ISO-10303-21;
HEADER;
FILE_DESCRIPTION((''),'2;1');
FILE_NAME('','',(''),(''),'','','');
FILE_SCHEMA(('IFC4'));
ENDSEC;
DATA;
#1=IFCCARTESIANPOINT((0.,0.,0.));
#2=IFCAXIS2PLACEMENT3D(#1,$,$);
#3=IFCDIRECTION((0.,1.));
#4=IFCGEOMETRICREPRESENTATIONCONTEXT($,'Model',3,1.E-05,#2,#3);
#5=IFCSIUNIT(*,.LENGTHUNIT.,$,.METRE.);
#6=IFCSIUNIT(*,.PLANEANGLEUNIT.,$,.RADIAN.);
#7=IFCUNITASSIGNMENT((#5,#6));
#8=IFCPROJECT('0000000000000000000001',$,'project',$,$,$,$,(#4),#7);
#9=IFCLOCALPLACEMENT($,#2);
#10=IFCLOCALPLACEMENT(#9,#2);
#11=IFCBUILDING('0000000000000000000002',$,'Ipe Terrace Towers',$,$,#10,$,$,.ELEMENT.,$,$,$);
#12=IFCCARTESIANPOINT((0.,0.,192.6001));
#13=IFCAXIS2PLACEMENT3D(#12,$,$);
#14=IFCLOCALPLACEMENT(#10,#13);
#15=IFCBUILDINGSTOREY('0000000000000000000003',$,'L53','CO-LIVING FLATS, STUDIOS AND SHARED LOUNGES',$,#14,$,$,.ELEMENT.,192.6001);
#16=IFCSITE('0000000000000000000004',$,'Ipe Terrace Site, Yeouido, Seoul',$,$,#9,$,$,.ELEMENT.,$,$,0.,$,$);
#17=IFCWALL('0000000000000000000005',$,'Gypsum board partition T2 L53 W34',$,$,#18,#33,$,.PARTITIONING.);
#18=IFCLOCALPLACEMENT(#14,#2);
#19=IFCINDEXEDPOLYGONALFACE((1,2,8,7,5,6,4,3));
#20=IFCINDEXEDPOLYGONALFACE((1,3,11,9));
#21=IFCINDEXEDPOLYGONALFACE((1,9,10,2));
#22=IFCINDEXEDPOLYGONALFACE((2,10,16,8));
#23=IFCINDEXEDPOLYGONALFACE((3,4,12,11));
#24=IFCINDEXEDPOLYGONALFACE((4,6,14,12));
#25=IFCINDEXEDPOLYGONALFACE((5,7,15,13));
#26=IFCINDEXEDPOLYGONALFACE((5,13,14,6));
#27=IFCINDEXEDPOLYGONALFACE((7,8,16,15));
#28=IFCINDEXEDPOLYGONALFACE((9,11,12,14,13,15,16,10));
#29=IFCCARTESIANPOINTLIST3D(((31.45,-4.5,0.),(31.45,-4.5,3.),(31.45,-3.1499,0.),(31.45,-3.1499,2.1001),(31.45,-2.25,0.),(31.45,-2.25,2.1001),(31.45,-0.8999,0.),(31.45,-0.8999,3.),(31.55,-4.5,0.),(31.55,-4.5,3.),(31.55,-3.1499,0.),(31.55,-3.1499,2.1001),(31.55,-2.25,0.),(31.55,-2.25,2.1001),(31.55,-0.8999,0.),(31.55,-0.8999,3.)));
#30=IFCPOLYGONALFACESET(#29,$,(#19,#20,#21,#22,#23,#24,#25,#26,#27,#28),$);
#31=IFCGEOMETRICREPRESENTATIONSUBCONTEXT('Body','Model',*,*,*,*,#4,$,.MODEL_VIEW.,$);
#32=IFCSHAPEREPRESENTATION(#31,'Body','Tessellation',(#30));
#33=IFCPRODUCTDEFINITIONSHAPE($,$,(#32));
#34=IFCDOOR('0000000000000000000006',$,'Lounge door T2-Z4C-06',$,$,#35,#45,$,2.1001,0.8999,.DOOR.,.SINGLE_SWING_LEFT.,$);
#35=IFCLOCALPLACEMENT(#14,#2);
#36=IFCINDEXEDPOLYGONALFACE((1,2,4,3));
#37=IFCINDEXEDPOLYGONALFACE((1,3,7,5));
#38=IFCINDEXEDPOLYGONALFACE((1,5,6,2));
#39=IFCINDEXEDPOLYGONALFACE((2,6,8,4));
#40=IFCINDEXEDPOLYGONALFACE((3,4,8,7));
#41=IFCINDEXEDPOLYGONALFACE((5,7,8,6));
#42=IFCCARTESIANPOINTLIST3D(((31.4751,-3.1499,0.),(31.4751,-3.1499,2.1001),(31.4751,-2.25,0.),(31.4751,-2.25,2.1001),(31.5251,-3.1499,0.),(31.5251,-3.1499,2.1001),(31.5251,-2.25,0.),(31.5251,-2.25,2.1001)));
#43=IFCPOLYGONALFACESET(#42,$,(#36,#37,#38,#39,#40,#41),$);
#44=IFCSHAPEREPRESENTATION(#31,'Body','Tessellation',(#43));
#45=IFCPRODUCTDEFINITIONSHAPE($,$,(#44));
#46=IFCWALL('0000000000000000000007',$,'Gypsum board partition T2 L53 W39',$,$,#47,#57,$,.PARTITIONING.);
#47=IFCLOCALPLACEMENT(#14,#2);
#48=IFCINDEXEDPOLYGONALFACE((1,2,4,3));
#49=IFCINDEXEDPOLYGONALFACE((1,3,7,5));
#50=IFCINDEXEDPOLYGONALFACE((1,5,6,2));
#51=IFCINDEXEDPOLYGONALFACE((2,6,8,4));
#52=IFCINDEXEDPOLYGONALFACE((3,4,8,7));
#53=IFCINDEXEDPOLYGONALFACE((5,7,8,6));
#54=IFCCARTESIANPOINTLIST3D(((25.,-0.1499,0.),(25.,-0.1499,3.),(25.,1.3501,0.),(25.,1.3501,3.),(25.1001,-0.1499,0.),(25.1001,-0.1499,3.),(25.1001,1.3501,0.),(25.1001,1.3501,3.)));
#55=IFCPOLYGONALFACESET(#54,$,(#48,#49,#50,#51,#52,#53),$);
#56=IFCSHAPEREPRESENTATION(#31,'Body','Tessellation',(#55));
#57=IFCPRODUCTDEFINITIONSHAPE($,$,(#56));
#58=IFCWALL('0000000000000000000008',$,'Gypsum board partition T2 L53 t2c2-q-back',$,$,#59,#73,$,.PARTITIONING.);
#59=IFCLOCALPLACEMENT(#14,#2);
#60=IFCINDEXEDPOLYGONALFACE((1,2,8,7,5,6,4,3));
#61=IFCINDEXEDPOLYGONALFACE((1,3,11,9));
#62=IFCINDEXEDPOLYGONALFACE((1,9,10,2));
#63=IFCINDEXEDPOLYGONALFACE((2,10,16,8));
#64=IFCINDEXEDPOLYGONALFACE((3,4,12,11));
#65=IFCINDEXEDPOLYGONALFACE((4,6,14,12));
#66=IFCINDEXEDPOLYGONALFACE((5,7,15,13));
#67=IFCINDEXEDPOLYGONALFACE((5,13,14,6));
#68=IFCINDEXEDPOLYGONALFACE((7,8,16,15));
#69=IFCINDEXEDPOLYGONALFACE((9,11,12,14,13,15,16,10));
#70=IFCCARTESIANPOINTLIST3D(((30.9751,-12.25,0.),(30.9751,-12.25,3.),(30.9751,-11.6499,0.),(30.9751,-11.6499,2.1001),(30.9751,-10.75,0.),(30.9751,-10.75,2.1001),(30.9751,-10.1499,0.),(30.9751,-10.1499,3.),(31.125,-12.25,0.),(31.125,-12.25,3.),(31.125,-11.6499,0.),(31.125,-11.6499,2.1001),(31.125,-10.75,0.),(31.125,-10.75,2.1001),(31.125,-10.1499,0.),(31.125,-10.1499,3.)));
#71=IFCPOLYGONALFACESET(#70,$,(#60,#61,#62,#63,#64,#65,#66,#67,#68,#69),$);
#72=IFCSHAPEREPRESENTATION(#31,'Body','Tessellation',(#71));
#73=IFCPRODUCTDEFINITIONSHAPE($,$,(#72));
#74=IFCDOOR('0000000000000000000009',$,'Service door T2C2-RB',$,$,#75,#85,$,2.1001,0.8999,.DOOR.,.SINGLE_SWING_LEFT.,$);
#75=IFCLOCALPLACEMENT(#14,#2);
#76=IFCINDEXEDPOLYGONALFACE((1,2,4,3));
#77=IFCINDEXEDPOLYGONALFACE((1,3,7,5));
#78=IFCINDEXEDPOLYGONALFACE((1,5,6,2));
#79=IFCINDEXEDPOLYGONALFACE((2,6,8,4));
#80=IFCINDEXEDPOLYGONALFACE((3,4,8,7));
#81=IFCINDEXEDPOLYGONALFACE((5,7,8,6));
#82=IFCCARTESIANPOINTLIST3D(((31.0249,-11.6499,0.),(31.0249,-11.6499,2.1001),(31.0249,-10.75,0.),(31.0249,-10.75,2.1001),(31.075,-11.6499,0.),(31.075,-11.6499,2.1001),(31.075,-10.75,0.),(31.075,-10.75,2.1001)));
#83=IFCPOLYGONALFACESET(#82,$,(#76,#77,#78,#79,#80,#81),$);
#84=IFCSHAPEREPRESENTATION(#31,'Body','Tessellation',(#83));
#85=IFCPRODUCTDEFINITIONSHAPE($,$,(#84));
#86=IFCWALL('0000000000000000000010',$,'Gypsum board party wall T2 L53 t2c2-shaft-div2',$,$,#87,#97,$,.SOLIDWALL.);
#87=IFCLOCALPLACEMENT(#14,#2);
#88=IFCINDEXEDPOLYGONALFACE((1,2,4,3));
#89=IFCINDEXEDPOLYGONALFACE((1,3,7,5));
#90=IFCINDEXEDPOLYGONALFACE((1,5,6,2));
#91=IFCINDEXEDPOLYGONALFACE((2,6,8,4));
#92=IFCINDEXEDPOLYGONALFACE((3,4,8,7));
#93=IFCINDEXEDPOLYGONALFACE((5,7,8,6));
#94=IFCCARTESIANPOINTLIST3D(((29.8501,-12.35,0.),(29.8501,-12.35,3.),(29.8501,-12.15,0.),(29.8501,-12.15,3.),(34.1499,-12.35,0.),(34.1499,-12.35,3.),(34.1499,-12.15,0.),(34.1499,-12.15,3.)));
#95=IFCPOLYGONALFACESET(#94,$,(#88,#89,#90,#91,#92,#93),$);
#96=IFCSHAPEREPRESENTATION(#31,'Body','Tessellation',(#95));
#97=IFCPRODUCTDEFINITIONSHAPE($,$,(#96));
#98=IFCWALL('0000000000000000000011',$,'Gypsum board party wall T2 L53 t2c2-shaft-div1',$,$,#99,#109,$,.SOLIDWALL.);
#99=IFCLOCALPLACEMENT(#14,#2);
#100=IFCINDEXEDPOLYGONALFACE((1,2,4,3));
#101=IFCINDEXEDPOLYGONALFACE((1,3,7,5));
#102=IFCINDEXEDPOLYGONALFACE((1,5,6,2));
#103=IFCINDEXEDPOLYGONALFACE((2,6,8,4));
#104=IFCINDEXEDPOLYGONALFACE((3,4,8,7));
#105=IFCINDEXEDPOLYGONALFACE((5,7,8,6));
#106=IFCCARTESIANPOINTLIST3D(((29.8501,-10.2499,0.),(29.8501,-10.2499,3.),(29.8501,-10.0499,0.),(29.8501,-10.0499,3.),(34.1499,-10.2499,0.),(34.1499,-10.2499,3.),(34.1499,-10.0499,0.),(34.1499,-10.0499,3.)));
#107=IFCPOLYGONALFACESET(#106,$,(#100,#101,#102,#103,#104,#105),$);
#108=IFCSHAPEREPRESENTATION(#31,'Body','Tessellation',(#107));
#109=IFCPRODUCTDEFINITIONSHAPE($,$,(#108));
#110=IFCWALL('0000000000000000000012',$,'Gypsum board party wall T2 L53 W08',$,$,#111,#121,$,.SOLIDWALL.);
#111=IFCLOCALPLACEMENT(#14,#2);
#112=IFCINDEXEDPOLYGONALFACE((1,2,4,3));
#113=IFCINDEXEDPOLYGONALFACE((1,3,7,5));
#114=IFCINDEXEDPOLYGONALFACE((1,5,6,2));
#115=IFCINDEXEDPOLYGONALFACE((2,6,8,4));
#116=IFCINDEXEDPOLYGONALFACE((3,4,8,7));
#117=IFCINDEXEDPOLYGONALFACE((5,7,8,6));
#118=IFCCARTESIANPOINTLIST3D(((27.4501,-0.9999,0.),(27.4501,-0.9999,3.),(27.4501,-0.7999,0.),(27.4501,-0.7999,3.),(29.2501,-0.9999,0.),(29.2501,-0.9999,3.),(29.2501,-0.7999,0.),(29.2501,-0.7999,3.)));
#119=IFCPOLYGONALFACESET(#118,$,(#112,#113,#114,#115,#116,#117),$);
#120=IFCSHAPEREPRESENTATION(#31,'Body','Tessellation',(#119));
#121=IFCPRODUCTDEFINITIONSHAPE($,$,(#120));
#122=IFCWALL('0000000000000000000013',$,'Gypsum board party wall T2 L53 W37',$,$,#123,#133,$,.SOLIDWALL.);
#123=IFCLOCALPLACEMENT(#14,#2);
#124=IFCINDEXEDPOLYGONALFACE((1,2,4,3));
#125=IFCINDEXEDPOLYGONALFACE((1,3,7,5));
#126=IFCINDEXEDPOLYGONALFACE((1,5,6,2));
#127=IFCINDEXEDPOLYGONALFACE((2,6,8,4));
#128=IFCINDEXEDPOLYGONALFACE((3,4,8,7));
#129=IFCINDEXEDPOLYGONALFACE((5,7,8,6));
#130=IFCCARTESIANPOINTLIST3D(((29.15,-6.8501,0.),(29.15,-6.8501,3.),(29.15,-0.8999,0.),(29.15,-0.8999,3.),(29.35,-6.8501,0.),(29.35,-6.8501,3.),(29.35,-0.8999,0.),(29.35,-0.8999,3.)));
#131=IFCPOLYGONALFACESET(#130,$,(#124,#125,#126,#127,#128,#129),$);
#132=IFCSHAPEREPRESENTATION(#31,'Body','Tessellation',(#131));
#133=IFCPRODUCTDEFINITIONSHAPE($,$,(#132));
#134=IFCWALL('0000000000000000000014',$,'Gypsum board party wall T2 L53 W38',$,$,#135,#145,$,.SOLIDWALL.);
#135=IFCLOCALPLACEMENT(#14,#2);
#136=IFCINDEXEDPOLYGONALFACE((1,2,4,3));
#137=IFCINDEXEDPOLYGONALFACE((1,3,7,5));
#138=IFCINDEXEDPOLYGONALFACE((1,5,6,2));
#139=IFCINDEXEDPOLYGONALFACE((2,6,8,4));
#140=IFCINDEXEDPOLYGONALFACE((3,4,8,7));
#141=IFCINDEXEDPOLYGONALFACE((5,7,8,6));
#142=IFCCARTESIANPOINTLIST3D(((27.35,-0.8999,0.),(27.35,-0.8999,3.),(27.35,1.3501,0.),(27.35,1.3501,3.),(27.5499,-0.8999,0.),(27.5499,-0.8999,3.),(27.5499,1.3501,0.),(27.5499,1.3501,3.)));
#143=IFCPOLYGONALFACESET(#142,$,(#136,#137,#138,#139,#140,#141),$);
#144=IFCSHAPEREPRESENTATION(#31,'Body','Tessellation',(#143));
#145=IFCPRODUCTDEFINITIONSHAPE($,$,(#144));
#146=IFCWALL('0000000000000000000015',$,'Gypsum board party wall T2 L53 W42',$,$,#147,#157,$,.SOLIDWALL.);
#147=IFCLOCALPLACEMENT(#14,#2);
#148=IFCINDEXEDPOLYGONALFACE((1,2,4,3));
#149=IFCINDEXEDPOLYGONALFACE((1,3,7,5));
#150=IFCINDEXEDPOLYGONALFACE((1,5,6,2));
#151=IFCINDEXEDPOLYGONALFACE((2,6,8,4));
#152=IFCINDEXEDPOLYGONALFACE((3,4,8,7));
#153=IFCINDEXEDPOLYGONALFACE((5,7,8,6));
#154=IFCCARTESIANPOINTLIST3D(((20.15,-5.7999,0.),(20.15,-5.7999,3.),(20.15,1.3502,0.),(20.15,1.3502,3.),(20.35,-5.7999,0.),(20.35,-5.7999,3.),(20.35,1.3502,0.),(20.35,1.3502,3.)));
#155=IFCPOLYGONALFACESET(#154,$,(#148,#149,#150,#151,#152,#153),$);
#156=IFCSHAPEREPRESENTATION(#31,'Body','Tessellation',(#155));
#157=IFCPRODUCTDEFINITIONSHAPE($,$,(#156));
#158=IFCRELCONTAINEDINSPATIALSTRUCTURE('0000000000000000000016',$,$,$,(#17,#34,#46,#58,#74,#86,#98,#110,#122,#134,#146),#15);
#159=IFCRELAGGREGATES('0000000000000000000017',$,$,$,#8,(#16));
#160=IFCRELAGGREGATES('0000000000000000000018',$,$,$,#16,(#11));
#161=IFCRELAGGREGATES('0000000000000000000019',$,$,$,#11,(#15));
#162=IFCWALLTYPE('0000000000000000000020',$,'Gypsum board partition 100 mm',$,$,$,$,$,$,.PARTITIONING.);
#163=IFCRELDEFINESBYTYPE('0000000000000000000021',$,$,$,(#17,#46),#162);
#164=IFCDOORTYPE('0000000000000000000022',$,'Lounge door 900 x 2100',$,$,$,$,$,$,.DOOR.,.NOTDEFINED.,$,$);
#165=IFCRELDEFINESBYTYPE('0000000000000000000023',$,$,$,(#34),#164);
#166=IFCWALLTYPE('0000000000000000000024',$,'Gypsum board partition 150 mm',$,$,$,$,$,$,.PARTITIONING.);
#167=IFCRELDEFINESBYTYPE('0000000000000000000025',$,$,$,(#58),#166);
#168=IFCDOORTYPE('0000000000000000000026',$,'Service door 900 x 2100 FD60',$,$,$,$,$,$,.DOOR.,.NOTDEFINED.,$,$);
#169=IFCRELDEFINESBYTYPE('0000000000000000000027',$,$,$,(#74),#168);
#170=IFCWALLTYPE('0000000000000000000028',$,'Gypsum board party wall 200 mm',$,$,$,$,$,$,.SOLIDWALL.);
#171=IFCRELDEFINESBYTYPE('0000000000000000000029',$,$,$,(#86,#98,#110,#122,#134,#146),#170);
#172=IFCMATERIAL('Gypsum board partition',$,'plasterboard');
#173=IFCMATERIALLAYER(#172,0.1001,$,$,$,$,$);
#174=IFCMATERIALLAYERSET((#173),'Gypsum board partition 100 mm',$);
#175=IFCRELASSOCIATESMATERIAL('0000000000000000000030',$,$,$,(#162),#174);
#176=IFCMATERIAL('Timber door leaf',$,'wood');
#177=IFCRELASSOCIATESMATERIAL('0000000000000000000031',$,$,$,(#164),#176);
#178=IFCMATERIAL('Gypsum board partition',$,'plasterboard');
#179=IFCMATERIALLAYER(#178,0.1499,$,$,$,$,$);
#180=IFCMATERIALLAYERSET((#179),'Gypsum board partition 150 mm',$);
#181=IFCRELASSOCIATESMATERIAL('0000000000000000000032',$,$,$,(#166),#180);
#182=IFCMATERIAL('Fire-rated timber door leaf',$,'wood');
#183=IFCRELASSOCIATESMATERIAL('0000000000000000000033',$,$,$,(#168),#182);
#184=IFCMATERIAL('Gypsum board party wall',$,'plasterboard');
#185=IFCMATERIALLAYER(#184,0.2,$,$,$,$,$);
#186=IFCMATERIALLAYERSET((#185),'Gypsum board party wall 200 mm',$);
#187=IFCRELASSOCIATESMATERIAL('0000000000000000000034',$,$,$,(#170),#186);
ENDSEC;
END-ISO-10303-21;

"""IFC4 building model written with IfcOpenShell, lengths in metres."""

from ifc_helpers import new_model, si_unit, direction, frame, frame_2d, origin, place, context, subcontext, project, spatial, rectangle, extrude, material, layer, layer_set, type_object, element, fill, save


model = new_model("IFC4")

# Units and contexts
model_context = context("Model", 3, precision=1e-05, world=origin(), true_north=direction((0.0, 1.0)))
body_context = subcontext(model_context, "Body", "Model", "MODEL_VIEW")
ifc_project = project(units=[si_unit("LENGTHUNIT", "METRE"), si_unit("PLANEANGLEUNIT", "RADIAN")], contexts=[model_context])

# Site, building, storey
site_placement = place(None, origin())
site = spatial("IfcSite", under=ifc_project, at=site_placement, Name="Ipe Terrace Site, Yeouido, Seoul", CompositionType="ELEMENT", RefElevation=0.0)
building_placement = place(site_placement, origin())
building = spatial("IfcBuilding", under=site, at=building_placement, Name="Ipe Terrace Towers", CompositionType="ELEMENT")
storey_placement = place(building_placement, frame((0.0, 0.0, 192.6001)))
storey = spatial("IfcBuildingStorey", under=building, at=storey_placement, Name="L53", Description="CO-LIVING FLATS, STUDIOS AND SHARED LOUNGES", CompositionType="ELEMENT", Elevation=192.6001)

# Shared definitions
ifc_material_1 = material(Name="Gypsum board partition", Category="plasterboard")
ifc_layer_1 = layer(ifc_material_1, 0.1001)
ifc_layer_set_1 = layer_set([ifc_layer_1], Name="Gypsum board partition 100 mm")
wall_type_1 = type_object("IfcWallType", Name="Gypsum board partition 100 mm", PredefinedType="PARTITIONING", material=ifc_layer_set_1)

# Wall, opening, door
wall_1_placement = place(storey_placement, frame((31.5, -4.5, 0.0), z_axis=(0.0, 0.0, 1.0), x_axis=(0.0, 1.0, 0.0)))
wall_1 = element("IfcWall", 1, at=wall_1_placement, inside=storey, type_object=wall_type_1, Name="Gypsum board partition T2 L53 W34", PredefinedType="PARTITIONING", context=body_context, shape_type="SweptSolid", body=[
    extrude(rectangle(XDim=3.6001, YDim=0.1001, at=frame_2d((1.8, 0.0))), origin(), (0.0, 0.0, 1.0), 3.0),
])
opening_1_placement = place(wall_1_placement, frame((1.3501, 0.0, 0.0)))
opening_1 = element("IfcOpeningElement", 2, at=opening_1_placement, cuts=wall_1, PredefinedType="OPENING", context=body_context, shape_type="SweptSolid", body=[
    extrude(rectangle(XDim=0.8999, YDim=2.1001, at=frame_2d((0.45, 1.05))), frame((0.0, 0.0601, 0.0), z_axis=(0.0, -1.0, 0.0), x_axis=(1.0, 0.0, 0.0)), (0.0, 0.0, 1.0), 0.1201),
])
ifc_material_2 = material(Name="Timber door leaf", Category="wood")
door_type_1 = type_object("IfcDoorType", Name="Lounge door 900 x 2100", OperationType="NOTDEFINED", PredefinedType="DOOR", material=ifc_material_2)
door_1_placement = place(opening_1_placement, origin())
door_1 = element("IfcDoor", 3, at=door_1_placement, inside=storey, type_object=door_type_1, Name="Lounge door T2-Z4C-06", OperationType="SINGLE_SWING_LEFT", OverallHeight=2.1001, OverallWidth=0.8999, PredefinedType="DOOR", context=body_context, shape_type="SweptSolid", body=[
    extrude(rectangle(XDim=0.8999, YDim=2.1001, at=frame_2d((0.45, 1.05))), frame((0.0, 0.0249, 0.0), z_axis=(0.0, -1.0, 0.0), x_axis=(1.0, 0.0, 0.0)), (0.0, 0.0, 1.0), 0.05),
])
fill(opening_1, door_1)

# Wall
wall_2_placement = place(storey_placement, frame((25.05, -0.1499, 0.0), z_axis=(0.0, 0.0, 1.0), x_axis=(0.0, 1.0, 0.0)))
element("IfcWall", 4, at=wall_2_placement, inside=storey, type_object=wall_type_1, Name="Gypsum board partition T2 L53 W39", PredefinedType="PARTITIONING", context=body_context, shape_type="SweptSolid", body=[
    extrude(rectangle(XDim=1.5, YDim=0.1001, at=frame_2d((0.75, 0.0))), origin(), (0.0, 0.0, 1.0), 3.0),
])

# Wall, opening, door
ifc_material_3 = material(Name="Gypsum board partition", Category="plasterboard")
ifc_layer_2 = layer(ifc_material_3, 0.1499)
ifc_layer_set_2 = layer_set([ifc_layer_2], Name="Gypsum board partition 150 mm")
wall_type_2 = type_object("IfcWallType", Name="Gypsum board partition 150 mm", PredefinedType="PARTITIONING", material=ifc_layer_set_2)
wall_3_placement = place(storey_placement, frame((31.05, -10.1499, 0.0), z_axis=(0.0, 0.0, 1.0), x_axis=(0.0, -1.0, 0.0)))
wall_3 = element("IfcWall", 5, at=wall_3_placement, inside=storey, type_object=wall_type_2, Name="Gypsum board partition T2 L53 t2c2-q-back", PredefinedType="PARTITIONING", context=body_context, shape_type="SweptSolid", body=[
    extrude(rectangle(XDim=2.1001, YDim=0.1499, at=frame_2d((1.05, 0.0))), origin(), (0.0, 0.0, 1.0), 3.0),
])
opening_2_placement = place(wall_3_placement, frame((0.6001, 0.0, 0.0)))
opening_2 = element("IfcOpeningElement", 6, at=opening_2_placement, cuts=wall_3, PredefinedType="OPENING", context=body_context, shape_type="SweptSolid", body=[
    extrude(rectangle(XDim=0.8999, YDim=2.1001, at=frame_2d((0.45, 1.05))), frame((0.0, 0.085, 0.0), z_axis=(0.0, -1.0, 0.0), x_axis=(1.0, 0.0, 0.0)), (0.0, 0.0, 1.0), 0.1699),
])
ifc_material_4 = material(Name="Fire-rated timber door leaf", Category="wood")
door_type_2 = type_object("IfcDoorType", Name="Service door 900 x 2100 FD60", OperationType="NOTDEFINED", PredefinedType="DOOR", material=ifc_material_4)
door_2_placement = place(opening_2_placement, origin())
door_2 = element("IfcDoor", 7, at=door_2_placement, inside=storey, type_object=door_type_2, Name="Service door T2C2-RB", OperationType="SINGLE_SWING_LEFT", OverallHeight=2.1001, OverallWidth=0.8999, PredefinedType="DOOR", context=body_context, shape_type="SweptSolid", body=[
    extrude(rectangle(XDim=0.8999, YDim=2.1001, at=frame_2d((0.45, 1.05))), frame((0.0, 0.0249, 0.0), z_axis=(0.0, -1.0, 0.0), x_axis=(1.0, 0.0, 0.0)), (0.0, 0.0, 1.0), 0.05),
])
fill(opening_2, door_2)

# Walls
ifc_material_5 = material(Name="Gypsum board party wall", Category="plasterboard")
ifc_layer_3 = layer(ifc_material_5, 0.2)
ifc_layer_set_3 = layer_set([ifc_layer_3], Name="Gypsum board party wall 200 mm")
wall_type_3 = type_object("IfcWallType", Name="Gypsum board party wall 200 mm", PredefinedType="SOLIDWALL", material=ifc_layer_set_3)
for number, where, z_axis, x_axis, name in (
    (8, (29.8501, -12.25, 0.0), (0.0, 0.0, 1.0), (1.0, 0.0, 0.0), "Gypsum board party wall T2 L53 t2c2-shaft-div2"),
    (9, (29.8501, -10.1499, 0.0), (0.0, 0.0, 1.0), (1.0, 0.0, 0.0), "Gypsum board party wall T2 L53 t2c2-shaft-div1"),
):
    element("IfcWall", number, at=place(storey_placement, frame(where, z_axis=z_axis, x_axis=x_axis)), inside=storey, type_object=wall_type_3, Name=name, PredefinedType="SOLIDWALL", context=body_context, shape_type="SweptSolid", body=[
        extrude(rectangle(XDim=4.2998, YDim=0.2, at=frame_2d((2.1499, 0.0))), origin(), (0.0, 0.0, 1.0), 3.0),
    ])
wall_4_placement = place(storey_placement, frame((29.25, -0.8999, 0.0), z_axis=(0.0, 0.0, 1.0), x_axis=(-1.0, 0.0, 0.0)))
element("IfcWall", 10, at=wall_4_placement, inside=storey, type_object=wall_type_3, Name="Gypsum board party wall T2 L53 W08", PredefinedType="SOLIDWALL", context=body_context, shape_type="SweptSolid", body=[
    extrude(rectangle(XDim=1.8, YDim=0.2, at=frame_2d((0.8999, 0.0))), origin(), (0.0, 0.0, 1.0), 3.0),
])
wall_5_placement = place(storey_placement, frame((29.25, -6.8501, 0.0), z_axis=(0.0, 0.0, 1.0), x_axis=(0.0, 1.0, 0.0)))
element("IfcWall", 11, at=wall_5_placement, inside=storey, type_object=wall_type_3, Name="Gypsum board party wall T2 L53 W37", PredefinedType="SOLIDWALL", context=body_context, shape_type="SweptSolid", body=[
    extrude(rectangle(XDim=5.9502, YDim=0.2, at=frame_2d((2.9751, 0.0))), origin(), (0.0, 0.0, 1.0), 3.0),
])
wall_6_placement = place(storey_placement, frame((27.45, -0.8999, 0.0), z_axis=(0.0, 0.0, 1.0), x_axis=(0.0, 1.0, 0.0)))
element("IfcWall", 12, at=wall_6_placement, inside=storey, type_object=wall_type_3, Name="Gypsum board party wall T2 L53 W38", PredefinedType="SOLIDWALL", context=body_context, shape_type="SweptSolid", body=[
    extrude(rectangle(XDim=2.25, YDim=0.2, at=frame_2d((1.125, 0.0))), origin(), (0.0, 0.0, 1.0), 3.0),
])
wall_7_placement = place(storey_placement, frame((20.25, -5.8, 0.0), z_axis=(0.0, 0.0, 1.0), x_axis=(0.0, 1.0, 0.0)))
element("IfcWall", 13, at=wall_7_placement, inside=storey, type_object=wall_type_3, Name="Gypsum board party wall T2 L53 W42", PredefinedType="SOLIDWALL", context=body_context, shape_type="SweptSolid", body=[
    extrude(rectangle(XDim=7.1501, YDim=0.2, at=frame_2d((3.5752, 0.0))), origin(), (0.0, 0.0, 1.0), 3.0),
])

save(model, "model.ifc")
